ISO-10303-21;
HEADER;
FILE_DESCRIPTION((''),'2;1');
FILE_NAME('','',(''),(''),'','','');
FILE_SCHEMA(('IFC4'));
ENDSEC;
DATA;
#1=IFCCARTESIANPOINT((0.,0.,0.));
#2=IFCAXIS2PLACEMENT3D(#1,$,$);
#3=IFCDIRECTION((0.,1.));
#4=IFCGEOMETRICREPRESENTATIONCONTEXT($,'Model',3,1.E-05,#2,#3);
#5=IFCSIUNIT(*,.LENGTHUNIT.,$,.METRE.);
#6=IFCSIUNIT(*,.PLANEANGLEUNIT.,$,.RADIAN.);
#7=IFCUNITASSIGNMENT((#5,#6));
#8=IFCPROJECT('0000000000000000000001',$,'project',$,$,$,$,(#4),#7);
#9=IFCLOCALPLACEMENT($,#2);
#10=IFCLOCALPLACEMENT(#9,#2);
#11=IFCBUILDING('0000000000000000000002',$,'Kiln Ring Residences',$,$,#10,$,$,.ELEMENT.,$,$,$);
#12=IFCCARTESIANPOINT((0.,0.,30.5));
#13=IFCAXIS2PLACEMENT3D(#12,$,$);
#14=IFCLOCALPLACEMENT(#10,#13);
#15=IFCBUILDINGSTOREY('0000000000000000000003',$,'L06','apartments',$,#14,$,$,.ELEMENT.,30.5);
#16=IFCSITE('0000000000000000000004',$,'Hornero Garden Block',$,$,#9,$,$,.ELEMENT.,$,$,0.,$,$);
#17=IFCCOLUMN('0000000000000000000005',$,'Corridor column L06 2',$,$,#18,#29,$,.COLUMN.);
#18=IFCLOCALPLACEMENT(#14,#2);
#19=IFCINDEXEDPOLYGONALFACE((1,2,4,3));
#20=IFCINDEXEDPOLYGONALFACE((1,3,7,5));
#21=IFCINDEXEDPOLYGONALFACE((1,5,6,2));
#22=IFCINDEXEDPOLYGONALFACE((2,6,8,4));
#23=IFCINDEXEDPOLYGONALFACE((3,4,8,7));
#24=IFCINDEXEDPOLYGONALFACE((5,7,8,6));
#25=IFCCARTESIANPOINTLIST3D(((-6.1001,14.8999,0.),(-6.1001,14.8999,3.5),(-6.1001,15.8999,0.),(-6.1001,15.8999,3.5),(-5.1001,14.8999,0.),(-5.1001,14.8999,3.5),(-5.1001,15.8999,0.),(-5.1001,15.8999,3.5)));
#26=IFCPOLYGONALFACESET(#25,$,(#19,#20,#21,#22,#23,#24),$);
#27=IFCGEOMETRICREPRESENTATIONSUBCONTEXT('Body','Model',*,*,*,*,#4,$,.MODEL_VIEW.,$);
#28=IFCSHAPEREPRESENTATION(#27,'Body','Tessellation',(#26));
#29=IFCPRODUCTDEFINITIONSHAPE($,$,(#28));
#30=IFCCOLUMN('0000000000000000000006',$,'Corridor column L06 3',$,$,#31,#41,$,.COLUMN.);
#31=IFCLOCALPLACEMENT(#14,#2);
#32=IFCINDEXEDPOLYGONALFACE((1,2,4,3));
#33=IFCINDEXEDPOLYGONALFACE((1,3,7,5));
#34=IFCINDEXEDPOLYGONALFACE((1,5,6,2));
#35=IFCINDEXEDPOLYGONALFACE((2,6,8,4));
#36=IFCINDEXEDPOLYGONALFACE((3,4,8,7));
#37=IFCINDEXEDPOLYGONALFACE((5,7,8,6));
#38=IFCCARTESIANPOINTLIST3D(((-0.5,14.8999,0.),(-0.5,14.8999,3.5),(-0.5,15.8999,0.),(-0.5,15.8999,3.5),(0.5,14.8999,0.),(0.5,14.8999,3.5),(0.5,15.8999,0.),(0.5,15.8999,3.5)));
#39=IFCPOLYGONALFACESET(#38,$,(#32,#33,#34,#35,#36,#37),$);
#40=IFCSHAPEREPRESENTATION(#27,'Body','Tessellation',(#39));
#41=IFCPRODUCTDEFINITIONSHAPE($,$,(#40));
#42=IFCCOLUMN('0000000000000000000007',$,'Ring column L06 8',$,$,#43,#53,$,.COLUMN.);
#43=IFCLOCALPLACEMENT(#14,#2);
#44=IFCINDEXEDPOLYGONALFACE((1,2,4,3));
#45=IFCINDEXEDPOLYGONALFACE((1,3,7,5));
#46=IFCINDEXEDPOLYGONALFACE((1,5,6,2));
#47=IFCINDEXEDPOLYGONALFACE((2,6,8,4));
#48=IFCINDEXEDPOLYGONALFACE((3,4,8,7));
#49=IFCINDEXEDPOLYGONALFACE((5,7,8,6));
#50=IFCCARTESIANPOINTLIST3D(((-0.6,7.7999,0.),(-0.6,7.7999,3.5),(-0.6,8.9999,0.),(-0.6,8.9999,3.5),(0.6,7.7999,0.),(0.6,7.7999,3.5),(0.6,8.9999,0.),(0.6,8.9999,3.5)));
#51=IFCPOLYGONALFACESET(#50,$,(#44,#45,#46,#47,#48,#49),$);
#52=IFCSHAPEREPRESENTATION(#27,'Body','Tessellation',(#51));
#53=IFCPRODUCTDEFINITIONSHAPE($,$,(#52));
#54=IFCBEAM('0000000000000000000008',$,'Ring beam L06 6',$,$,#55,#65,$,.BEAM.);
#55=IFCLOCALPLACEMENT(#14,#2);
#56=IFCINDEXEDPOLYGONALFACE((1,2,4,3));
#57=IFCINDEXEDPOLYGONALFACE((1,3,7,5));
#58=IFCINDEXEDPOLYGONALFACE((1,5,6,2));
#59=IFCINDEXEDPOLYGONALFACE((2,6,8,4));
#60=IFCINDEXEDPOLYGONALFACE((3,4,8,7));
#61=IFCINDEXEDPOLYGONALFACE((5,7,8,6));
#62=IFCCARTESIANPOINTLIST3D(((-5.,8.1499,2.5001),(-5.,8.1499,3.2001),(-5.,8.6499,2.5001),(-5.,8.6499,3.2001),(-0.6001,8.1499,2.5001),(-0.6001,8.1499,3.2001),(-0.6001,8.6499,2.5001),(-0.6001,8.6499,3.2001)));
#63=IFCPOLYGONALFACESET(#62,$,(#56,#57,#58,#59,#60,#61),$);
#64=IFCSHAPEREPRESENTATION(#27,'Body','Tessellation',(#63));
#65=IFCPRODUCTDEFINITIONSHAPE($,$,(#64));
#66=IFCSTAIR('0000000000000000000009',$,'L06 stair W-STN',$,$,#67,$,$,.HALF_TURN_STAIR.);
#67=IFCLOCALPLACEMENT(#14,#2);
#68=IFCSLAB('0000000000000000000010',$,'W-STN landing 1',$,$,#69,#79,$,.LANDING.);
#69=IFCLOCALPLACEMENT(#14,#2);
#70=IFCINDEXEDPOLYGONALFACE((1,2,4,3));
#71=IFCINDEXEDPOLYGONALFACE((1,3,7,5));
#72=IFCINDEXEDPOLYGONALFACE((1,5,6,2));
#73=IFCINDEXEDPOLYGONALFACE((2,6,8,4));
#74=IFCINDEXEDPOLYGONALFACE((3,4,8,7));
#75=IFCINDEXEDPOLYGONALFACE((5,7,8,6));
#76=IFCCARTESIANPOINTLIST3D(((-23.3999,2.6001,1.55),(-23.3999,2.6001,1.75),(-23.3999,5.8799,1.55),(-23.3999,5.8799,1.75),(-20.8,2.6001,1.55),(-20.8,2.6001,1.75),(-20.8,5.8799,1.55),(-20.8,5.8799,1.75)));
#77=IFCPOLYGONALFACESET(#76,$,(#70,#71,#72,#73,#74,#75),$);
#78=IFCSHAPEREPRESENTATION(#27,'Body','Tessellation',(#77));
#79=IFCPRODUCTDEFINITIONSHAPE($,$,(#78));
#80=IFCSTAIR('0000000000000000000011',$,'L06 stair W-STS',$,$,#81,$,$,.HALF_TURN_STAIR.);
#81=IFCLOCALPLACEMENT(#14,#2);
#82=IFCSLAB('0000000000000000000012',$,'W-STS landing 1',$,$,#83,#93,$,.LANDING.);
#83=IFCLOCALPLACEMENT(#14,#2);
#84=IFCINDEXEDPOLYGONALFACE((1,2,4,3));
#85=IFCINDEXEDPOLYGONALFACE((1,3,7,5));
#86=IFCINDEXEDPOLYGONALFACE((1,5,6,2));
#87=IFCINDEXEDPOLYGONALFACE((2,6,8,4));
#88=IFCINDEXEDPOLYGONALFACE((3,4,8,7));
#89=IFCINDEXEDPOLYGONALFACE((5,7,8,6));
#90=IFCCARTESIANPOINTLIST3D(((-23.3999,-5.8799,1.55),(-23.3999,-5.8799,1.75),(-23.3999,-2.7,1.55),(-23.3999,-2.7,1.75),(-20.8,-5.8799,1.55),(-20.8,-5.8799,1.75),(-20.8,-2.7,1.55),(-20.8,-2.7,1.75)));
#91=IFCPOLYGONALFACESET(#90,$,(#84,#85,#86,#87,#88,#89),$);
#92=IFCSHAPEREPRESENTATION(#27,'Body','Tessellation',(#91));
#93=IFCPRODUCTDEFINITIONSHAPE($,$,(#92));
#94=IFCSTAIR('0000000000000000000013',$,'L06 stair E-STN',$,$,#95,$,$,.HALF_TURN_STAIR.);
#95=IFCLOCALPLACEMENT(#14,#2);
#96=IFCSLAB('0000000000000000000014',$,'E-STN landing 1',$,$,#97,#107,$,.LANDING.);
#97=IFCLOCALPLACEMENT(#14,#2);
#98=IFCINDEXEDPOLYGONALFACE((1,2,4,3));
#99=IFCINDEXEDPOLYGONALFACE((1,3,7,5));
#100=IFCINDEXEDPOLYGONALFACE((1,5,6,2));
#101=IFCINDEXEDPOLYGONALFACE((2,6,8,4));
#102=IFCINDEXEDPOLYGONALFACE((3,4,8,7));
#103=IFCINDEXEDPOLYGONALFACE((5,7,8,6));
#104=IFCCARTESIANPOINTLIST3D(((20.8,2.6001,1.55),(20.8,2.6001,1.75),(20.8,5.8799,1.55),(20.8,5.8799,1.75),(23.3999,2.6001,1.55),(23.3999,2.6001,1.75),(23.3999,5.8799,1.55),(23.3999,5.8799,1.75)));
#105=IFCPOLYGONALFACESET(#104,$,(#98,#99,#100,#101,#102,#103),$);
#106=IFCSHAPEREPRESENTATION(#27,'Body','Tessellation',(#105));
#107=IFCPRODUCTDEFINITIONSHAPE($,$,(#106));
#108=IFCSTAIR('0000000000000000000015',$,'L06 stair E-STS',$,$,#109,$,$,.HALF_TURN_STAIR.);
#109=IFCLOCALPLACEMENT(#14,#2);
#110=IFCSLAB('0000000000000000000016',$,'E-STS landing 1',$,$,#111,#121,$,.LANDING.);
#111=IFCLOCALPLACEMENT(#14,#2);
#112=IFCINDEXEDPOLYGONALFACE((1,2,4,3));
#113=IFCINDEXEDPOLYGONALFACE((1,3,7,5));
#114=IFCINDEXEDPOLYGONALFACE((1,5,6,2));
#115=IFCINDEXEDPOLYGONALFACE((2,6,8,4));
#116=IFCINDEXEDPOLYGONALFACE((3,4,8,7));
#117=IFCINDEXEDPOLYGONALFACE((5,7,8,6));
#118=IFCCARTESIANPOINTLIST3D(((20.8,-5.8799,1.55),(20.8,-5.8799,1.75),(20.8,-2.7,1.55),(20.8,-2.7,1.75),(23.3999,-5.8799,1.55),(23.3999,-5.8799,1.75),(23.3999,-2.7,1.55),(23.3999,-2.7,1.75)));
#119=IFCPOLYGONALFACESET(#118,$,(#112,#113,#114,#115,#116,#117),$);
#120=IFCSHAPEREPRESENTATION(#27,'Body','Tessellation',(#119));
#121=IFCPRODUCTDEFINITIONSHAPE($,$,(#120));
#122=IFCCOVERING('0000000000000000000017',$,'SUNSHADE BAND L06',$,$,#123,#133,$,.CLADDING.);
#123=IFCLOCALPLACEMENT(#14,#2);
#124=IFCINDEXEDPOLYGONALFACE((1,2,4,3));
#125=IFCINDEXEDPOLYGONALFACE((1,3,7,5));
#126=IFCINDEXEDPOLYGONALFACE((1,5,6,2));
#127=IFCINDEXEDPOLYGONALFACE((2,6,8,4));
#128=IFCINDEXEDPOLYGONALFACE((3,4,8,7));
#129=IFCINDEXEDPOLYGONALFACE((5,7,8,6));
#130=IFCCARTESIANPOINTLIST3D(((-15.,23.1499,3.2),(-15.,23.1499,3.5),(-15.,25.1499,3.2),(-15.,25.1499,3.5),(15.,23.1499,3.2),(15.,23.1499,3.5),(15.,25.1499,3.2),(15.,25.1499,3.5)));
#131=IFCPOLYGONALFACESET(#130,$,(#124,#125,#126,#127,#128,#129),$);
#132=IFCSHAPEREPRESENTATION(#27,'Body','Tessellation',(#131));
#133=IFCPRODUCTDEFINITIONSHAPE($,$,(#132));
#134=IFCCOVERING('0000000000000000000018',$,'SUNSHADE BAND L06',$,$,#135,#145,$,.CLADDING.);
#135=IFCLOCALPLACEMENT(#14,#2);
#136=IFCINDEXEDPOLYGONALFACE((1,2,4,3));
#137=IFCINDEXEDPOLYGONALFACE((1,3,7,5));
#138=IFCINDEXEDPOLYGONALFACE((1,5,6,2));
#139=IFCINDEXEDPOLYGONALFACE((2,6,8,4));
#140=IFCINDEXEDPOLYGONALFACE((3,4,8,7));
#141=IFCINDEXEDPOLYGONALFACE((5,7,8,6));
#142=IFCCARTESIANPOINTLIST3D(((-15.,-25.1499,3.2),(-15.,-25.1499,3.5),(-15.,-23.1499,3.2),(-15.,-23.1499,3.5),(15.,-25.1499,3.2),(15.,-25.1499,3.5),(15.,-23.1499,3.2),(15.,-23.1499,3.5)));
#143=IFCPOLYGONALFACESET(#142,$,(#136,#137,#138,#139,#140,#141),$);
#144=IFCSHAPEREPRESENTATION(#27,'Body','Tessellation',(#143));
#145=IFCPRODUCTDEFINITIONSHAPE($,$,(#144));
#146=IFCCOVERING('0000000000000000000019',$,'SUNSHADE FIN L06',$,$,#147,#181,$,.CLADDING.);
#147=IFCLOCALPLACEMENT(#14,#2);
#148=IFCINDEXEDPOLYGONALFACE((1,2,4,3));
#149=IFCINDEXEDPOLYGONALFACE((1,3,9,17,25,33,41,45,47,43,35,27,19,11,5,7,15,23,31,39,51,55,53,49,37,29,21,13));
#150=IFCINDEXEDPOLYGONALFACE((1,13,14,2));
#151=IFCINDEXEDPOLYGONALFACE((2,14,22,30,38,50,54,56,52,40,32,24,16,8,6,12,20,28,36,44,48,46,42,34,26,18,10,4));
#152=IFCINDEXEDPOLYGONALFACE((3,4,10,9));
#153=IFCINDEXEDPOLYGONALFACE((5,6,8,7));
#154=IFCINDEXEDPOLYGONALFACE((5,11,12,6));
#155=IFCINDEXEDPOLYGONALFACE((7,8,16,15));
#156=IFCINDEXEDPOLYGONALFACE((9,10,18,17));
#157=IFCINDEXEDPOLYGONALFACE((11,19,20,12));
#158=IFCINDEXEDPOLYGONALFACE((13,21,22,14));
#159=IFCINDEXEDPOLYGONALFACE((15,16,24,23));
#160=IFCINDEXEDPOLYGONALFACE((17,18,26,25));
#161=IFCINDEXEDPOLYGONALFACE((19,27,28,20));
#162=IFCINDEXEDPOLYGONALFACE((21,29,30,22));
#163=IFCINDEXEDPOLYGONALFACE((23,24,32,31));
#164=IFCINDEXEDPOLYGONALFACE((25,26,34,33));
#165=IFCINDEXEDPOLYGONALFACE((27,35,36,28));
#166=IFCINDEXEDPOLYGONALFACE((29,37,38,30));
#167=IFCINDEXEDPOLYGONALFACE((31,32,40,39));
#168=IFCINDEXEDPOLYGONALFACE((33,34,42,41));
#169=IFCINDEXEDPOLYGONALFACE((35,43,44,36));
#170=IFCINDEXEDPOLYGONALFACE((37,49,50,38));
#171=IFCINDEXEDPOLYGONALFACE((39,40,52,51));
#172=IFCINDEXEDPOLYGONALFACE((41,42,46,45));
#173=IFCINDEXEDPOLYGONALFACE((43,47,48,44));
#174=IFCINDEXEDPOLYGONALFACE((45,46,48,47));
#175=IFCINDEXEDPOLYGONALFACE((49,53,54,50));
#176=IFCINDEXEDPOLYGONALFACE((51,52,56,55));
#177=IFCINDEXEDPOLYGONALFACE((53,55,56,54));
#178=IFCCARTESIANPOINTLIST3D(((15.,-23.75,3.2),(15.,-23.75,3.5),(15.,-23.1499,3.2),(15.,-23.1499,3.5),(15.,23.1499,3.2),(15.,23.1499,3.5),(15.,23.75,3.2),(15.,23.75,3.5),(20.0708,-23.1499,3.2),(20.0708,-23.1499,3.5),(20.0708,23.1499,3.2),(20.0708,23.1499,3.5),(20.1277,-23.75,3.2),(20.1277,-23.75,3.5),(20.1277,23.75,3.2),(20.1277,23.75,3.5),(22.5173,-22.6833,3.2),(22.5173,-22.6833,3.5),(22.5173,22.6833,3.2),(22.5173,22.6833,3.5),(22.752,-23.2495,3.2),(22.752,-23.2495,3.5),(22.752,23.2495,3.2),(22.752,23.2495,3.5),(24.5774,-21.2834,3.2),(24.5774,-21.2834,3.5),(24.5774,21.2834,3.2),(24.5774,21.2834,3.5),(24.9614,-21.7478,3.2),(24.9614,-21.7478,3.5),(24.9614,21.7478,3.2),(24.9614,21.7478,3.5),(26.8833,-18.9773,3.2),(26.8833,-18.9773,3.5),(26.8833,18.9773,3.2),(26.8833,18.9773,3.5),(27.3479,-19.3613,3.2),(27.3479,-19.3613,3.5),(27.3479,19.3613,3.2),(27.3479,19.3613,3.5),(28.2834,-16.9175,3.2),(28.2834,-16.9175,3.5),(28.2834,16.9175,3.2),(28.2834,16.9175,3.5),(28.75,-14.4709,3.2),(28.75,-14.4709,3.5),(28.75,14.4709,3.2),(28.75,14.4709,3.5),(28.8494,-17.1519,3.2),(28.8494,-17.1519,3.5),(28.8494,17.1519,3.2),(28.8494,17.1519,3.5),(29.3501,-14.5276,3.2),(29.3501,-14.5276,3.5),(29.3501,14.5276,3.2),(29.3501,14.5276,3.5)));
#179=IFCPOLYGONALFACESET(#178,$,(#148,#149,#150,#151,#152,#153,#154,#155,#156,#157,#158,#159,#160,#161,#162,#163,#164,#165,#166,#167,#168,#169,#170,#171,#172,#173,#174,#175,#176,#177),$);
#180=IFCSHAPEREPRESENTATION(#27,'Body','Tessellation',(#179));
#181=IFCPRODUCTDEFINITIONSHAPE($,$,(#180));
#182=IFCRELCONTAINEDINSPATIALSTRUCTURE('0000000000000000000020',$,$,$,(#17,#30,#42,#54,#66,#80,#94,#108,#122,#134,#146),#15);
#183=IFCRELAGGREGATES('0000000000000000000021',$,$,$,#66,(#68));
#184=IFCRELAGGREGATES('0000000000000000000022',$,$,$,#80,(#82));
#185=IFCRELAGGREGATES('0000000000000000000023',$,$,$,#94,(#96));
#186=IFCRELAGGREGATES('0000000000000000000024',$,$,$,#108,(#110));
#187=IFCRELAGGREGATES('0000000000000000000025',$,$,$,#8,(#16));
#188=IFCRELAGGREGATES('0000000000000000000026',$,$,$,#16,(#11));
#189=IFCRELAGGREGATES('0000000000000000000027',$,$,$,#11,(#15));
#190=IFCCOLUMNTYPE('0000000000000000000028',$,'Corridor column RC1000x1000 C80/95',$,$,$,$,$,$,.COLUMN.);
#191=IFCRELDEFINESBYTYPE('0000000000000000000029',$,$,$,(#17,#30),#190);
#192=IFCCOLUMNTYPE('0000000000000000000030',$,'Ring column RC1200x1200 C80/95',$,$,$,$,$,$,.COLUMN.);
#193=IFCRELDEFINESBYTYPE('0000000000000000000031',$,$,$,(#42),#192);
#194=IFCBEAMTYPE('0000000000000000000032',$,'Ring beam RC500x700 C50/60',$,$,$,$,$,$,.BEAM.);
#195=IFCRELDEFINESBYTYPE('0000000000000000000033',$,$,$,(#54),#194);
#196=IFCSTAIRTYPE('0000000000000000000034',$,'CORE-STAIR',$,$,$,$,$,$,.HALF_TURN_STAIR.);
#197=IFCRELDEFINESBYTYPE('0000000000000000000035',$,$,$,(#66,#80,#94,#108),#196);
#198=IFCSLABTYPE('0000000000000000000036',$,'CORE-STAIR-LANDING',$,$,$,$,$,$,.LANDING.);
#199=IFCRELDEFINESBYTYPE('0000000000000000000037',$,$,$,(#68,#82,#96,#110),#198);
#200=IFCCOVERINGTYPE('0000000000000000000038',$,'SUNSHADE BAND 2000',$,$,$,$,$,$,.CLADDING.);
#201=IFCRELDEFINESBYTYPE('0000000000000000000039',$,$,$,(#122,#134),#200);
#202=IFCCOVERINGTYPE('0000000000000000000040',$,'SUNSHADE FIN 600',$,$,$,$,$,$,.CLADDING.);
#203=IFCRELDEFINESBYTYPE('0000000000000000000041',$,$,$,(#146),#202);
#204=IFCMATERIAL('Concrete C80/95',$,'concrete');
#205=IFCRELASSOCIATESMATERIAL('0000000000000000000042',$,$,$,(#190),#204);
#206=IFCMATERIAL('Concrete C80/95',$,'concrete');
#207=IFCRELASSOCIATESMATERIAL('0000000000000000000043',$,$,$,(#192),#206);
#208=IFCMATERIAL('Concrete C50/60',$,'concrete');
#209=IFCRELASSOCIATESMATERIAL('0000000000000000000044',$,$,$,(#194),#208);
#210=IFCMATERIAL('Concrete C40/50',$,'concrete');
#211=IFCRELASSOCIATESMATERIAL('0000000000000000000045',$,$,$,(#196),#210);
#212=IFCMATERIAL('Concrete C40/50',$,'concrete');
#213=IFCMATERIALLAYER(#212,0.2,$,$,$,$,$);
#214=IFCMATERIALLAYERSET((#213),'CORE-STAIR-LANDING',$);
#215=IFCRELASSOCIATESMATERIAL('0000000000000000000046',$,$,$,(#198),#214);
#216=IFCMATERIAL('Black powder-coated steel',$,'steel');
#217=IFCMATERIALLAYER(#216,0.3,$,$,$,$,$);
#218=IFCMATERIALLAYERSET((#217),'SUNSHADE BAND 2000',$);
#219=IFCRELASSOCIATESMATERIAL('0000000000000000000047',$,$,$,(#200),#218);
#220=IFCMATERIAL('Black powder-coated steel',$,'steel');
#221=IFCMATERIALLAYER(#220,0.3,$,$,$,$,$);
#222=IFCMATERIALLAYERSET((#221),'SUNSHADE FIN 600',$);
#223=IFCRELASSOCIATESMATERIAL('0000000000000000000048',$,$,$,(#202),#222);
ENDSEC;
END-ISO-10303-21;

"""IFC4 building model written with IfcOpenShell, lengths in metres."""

from ifc_helpers import new_model, si_unit, direction, frame, origin, origin_2d, place, context, subcontext, project, spatial, polyline, rectangle, outline, extrude, material, layer, layer_set, material_profile, profile_set, type_object, element, aggregate, save


model = new_model("IFC4")

# Units and contexts
model_context = context("Model", 3, precision=1e-05, world=origin(), true_north=direction((0.0, 1.0)))
body_context = subcontext(model_context, "Body", "Model", "MODEL_VIEW")
ifc_project = project(units=[si_unit("LENGTHUNIT", "METRE"), si_unit("PLANEANGLEUNIT", "RADIAN")], contexts=[model_context])

# Site, building, storey
site_placement = place(None, origin())
site = spatial("IfcSite", under=ifc_project, at=site_placement, Name="Hornero Garden Block", CompositionType="ELEMENT", RefElevation=0.0)
building_placement = place(site_placement, origin())
building = spatial("IfcBuilding", under=site, at=building_placement, Name="Kiln Ring Residences", CompositionType="ELEMENT")
storey_placement = place(building_placement, frame((0.0, 0.0, 30.5)))
storey = spatial("IfcBuildingStorey", under=building, at=storey_placement, Name="L06", Description="apartments", CompositionType="ELEMENT", Elevation=30.5)

# Columns
ifc_material_1 = material(Name="Concrete C80/95", Category="concrete")
ifc_material_profile_1 = material_profile(ifc_material_1, rectangle(XDim=1.0, YDim=1.0, at=origin_2d()), Name="RC1000x1000")
ifc_profile_set_1 = profile_set([ifc_material_profile_1], Name="Concrete C80/95")
column_type_1 = type_object("IfcColumnType", Name="Corridor column RC1000x1000 C80/95", PredefinedType="COLUMN", material=ifc_profile_set_1)
for number, where, z_axis, x_axis, name in (
    (1, (-5.6001, 15.3999, 0.0), (0.0, 0.0, 1.0), (1.0, 0.0, 0.0), "Corridor column L06 2"),
    (2, (0.0, 15.3999, 0.0), (0.0, 0.0, 1.0), (1.0, 0.0, 0.0), "Corridor column L06 3"),
):
    element("IfcColumn", number, at=place(storey_placement, frame(where, z_axis=z_axis, x_axis=x_axis)), inside=storey, type_object=column_type_1, Name=name, PredefinedType="COLUMN", context=body_context, shape_type="SweptSolid", body=[
        extrude(rectangle(XDim=1.0, YDim=1.0, at=origin_2d()), origin(), (0.0, 0.0, 1.0), 3.5),
    ])
ifc_material_2 = material(Name="Concrete C80/95", Category="concrete")
ifc_material_profile_2 = material_profile(ifc_material_2, rectangle(XDim=1.2, YDim=1.2, at=origin_2d()), Name="RC1200x1200")
ifc_profile_set_2 = profile_set([ifc_material_profile_2], Name="Concrete C80/95")
column_type_2 = type_object("IfcColumnType", Name="Ring column RC1200x1200 C80/95", PredefinedType="COLUMN", material=ifc_profile_set_2)
column_placement = place(storey_placement, frame((0.0, 8.3999, 0.0), z_axis=(0.0, 0.0, 1.0), x_axis=(1.0, 0.0, 0.0)))
element("IfcColumn", 3, at=column_placement, inside=storey, type_object=column_type_2, Name="Ring column L06 8", PredefinedType="COLUMN", context=body_context, shape_type="SweptSolid", body=[
    extrude(rectangle(XDim=1.2, YDim=1.2, at=origin_2d()), origin(), (0.0, 0.0, 1.0), 3.5),
])

# Beam
ifc_material_3 = material(Name="Concrete C50/60", Category="concrete")
ifc_material_profile_3 = material_profile(ifc_material_3, rectangle(XDim=0.5, YDim=0.7, at=origin_2d()), Name="RC500x700")
ifc_profile_set_3 = profile_set([ifc_material_profile_3], Name="Concrete C50/60")
beam_type = type_object("IfcBeamType", Name="Ring beam RC500x700 C50/60", PredefinedType="BEAM", material=ifc_profile_set_3)
beam_placement = place(storey_placement, frame((-5.0, 8.3999, 2.8501), z_axis=(1.0, 0.0, 0.0), x_axis=(0.0, 1.0, 0.0)))
element("IfcBeam", 4, at=beam_placement, inside=storey, type_object=beam_type, Name="Ring beam L06 6", PredefinedType="BEAM", context=body_context, shape_type="SweptSolid", body=[
    extrude(rectangle(XDim=0.5, YDim=0.7, at=origin_2d()), origin(), (0.0, 0.0, 1.0), 4.3999),
])

# Stairs, slabs
ifc_material_4 = material(Name="Concrete C40/50", Category="concrete")
stair_type = type_object("IfcStairType", Name="CORE-STAIR", PredefinedType="HALF_TURN_STAIR", material=ifc_material_4)
placement_1 = place(storey_placement, origin())
stair_1 = element("IfcStair", 5, at=placement_1, inside=storey, type_object=stair_type, Name="L06 stair W-STN", PredefinedType="HALF_TURN_STAIR")
ifc_material_5 = material(Name="Concrete C40/50", Category="concrete")
ifc_layer_1 = layer(ifc_material_5, 0.2)
ifc_layer_set_1 = layer_set([ifc_layer_1], Name="CORE-STAIR-LANDING")
slab_type = type_object("IfcSlabType", Name="CORE-STAIR-LANDING", PredefinedType="LANDING", material=ifc_layer_set_1)
placement_2 = place(storey_placement, frame((0.0, 0.0, 1.55)))
slab_1 = element("IfcSlab", 6, at=placement_2, type_object=slab_type, Name="W-STN landing 1", PredefinedType="LANDING", context=body_context, shape_type="SweptSolid", body=[
    extrude(outline(polyline([(-23.3999, 5.8799), (-23.3999, 2.6001), (-20.8, 2.6001), (-20.8, 5.8799), (-23.3999, 5.8799)])), origin(), (0.0, 0.0, 1.0), 0.2),
])
aggregate(stair_1, [slab_1])
stair_2 = element("IfcStair", 7, at=placement_1, inside=storey, type_object=stair_type, Name="L06 stair W-STS", PredefinedType="HALF_TURN_STAIR")
slab_2 = element("IfcSlab", 8, at=placement_2, type_object=slab_type, Name="W-STS landing 1", PredefinedType="LANDING", context=body_context, shape_type="SweptSolid", body=[
    extrude(outline(polyline([(-20.8, -5.8799), (-20.8, -2.7), (-23.3999, -2.7), (-23.3999, -5.8799), (-20.8, -5.8799)])), origin(), (0.0, 0.0, 1.0), 0.2),
])
aggregate(stair_2, [slab_2])
stair_3 = element("IfcStair", 9, at=placement_1, inside=storey, type_object=stair_type, Name="L06 stair E-STN", PredefinedType="HALF_TURN_STAIR")
slab_3 = element("IfcSlab", 10, at=placement_2, type_object=slab_type, Name="E-STN landing 1", PredefinedType="LANDING", context=body_context, shape_type="SweptSolid", body=[
    extrude(outline(polyline([(20.8, 5.8799), (20.8, 2.6001), (23.3999, 2.6001), (23.3999, 5.8799), (20.8, 5.8799)])), origin(), (0.0, 0.0, 1.0), 0.2),
])
aggregate(stair_3, [slab_3])
stair_4 = element("IfcStair", 11, at=placement_1, inside=storey, type_object=stair_type, Name="L06 stair E-STS", PredefinedType="HALF_TURN_STAIR")
slab_4 = element("IfcSlab", 12, at=placement_2, type_object=slab_type, Name="E-STS landing 1", PredefinedType="LANDING", context=body_context, shape_type="SweptSolid", body=[
    extrude(outline(polyline([(23.3999, -5.8799), (23.3999, -2.7), (20.8, -2.7), (20.8, -5.8799), (23.3999, -5.8799)])), origin(), (0.0, 0.0, 1.0), 0.2),
])
aggregate(stair_4, [slab_4])

# Coverings
ifc_material_6 = material(Name="Black powder-coated steel", Category="steel")
ifc_layer_2 = layer(ifc_material_6, 0.3)
ifc_layer_set_2 = layer_set([ifc_layer_2], Name="SUNSHADE BAND 2000")
covering_type_1 = type_object("IfcCoveringType", Name="SUNSHADE BAND 2000", PredefinedType="CLADDING", material=ifc_layer_set_2)
placement_3 = place(storey_placement, frame((0.0, 0.0, 3.2)))
element("IfcCovering", 13, at=placement_3, inside=storey, type_object=covering_type_1, Name="SUNSHADE BAND L06", PredefinedType="CLADDING", context=body_context, shape_type="SweptSolid", body=[
    extrude(outline(polyline([(15.0, 25.1499), (-15.0, 25.1499), (-15.0, 23.1499), (15.0, 23.1499), (15.0, 25.1499)])), origin(), (0.0, 0.0, 1.0), 0.3),
])
element("IfcCovering", 14, at=placement_3, inside=storey, type_object=covering_type_1, Name="SUNSHADE BAND L06", PredefinedType="CLADDING", context=body_context, shape_type="SweptSolid", body=[
    extrude(outline(polyline([(-15.0, -25.1499), (15.0, -25.1499), (15.0, -23.1499), (-15.0, -23.1499), (-15.0, -25.1499)])), origin(), (0.0, 0.0, 1.0), 0.3),
])
ifc_material_7 = material(Name="Black powder-coated steel", Category="steel")
ifc_layer_3 = layer(ifc_material_7, 0.3)
ifc_layer_set_3 = layer_set([ifc_layer_3], Name="SUNSHADE FIN 600")
covering_type_2 = type_object("IfcCoveringType", Name="SUNSHADE FIN 600", PredefinedType="CLADDING", material=ifc_layer_set_3)
element("IfcCovering", 15, at=placement_3, inside=storey, type_object=covering_type_2, Name="SUNSHADE FIN L06", PredefinedType="CLADDING", context=body_context, shape_type="SweptSolid", body=[
    extrude(outline(polyline([(20.1277, 23.75), (15.0, 23.75), (15.0, 23.1499), (20.0708, 23.1499), (22.5173, 22.6833), (24.5774, 21.2834), (26.8833, 18.9773), (28.2834, 16.9175), (28.75, 14.4709), (28.75, -14.4709), (28.2834, -16.9175), (26.8833, -18.9773), (24.5774, -21.2834), (22.5173, -22.6833), (20.0708, -23.1499), (15.0, -23.1499), (15.0, -23.75), (20.1277, -23.75), (22.752, -23.2495), (24.9614, -21.7478), (27.3479, -19.3613), (28.8494, -17.1519), (29.3501, -14.5276), (29.3501, 14.5276), (28.8494, 17.1519), (27.3479, 19.3613), (24.9614, 21.7478), (22.752, 23.2495), (20.1277, 23.75)])), origin(), (0.0, 0.0, 1.0), 0.3),
])

save(model, "model.ifc")
